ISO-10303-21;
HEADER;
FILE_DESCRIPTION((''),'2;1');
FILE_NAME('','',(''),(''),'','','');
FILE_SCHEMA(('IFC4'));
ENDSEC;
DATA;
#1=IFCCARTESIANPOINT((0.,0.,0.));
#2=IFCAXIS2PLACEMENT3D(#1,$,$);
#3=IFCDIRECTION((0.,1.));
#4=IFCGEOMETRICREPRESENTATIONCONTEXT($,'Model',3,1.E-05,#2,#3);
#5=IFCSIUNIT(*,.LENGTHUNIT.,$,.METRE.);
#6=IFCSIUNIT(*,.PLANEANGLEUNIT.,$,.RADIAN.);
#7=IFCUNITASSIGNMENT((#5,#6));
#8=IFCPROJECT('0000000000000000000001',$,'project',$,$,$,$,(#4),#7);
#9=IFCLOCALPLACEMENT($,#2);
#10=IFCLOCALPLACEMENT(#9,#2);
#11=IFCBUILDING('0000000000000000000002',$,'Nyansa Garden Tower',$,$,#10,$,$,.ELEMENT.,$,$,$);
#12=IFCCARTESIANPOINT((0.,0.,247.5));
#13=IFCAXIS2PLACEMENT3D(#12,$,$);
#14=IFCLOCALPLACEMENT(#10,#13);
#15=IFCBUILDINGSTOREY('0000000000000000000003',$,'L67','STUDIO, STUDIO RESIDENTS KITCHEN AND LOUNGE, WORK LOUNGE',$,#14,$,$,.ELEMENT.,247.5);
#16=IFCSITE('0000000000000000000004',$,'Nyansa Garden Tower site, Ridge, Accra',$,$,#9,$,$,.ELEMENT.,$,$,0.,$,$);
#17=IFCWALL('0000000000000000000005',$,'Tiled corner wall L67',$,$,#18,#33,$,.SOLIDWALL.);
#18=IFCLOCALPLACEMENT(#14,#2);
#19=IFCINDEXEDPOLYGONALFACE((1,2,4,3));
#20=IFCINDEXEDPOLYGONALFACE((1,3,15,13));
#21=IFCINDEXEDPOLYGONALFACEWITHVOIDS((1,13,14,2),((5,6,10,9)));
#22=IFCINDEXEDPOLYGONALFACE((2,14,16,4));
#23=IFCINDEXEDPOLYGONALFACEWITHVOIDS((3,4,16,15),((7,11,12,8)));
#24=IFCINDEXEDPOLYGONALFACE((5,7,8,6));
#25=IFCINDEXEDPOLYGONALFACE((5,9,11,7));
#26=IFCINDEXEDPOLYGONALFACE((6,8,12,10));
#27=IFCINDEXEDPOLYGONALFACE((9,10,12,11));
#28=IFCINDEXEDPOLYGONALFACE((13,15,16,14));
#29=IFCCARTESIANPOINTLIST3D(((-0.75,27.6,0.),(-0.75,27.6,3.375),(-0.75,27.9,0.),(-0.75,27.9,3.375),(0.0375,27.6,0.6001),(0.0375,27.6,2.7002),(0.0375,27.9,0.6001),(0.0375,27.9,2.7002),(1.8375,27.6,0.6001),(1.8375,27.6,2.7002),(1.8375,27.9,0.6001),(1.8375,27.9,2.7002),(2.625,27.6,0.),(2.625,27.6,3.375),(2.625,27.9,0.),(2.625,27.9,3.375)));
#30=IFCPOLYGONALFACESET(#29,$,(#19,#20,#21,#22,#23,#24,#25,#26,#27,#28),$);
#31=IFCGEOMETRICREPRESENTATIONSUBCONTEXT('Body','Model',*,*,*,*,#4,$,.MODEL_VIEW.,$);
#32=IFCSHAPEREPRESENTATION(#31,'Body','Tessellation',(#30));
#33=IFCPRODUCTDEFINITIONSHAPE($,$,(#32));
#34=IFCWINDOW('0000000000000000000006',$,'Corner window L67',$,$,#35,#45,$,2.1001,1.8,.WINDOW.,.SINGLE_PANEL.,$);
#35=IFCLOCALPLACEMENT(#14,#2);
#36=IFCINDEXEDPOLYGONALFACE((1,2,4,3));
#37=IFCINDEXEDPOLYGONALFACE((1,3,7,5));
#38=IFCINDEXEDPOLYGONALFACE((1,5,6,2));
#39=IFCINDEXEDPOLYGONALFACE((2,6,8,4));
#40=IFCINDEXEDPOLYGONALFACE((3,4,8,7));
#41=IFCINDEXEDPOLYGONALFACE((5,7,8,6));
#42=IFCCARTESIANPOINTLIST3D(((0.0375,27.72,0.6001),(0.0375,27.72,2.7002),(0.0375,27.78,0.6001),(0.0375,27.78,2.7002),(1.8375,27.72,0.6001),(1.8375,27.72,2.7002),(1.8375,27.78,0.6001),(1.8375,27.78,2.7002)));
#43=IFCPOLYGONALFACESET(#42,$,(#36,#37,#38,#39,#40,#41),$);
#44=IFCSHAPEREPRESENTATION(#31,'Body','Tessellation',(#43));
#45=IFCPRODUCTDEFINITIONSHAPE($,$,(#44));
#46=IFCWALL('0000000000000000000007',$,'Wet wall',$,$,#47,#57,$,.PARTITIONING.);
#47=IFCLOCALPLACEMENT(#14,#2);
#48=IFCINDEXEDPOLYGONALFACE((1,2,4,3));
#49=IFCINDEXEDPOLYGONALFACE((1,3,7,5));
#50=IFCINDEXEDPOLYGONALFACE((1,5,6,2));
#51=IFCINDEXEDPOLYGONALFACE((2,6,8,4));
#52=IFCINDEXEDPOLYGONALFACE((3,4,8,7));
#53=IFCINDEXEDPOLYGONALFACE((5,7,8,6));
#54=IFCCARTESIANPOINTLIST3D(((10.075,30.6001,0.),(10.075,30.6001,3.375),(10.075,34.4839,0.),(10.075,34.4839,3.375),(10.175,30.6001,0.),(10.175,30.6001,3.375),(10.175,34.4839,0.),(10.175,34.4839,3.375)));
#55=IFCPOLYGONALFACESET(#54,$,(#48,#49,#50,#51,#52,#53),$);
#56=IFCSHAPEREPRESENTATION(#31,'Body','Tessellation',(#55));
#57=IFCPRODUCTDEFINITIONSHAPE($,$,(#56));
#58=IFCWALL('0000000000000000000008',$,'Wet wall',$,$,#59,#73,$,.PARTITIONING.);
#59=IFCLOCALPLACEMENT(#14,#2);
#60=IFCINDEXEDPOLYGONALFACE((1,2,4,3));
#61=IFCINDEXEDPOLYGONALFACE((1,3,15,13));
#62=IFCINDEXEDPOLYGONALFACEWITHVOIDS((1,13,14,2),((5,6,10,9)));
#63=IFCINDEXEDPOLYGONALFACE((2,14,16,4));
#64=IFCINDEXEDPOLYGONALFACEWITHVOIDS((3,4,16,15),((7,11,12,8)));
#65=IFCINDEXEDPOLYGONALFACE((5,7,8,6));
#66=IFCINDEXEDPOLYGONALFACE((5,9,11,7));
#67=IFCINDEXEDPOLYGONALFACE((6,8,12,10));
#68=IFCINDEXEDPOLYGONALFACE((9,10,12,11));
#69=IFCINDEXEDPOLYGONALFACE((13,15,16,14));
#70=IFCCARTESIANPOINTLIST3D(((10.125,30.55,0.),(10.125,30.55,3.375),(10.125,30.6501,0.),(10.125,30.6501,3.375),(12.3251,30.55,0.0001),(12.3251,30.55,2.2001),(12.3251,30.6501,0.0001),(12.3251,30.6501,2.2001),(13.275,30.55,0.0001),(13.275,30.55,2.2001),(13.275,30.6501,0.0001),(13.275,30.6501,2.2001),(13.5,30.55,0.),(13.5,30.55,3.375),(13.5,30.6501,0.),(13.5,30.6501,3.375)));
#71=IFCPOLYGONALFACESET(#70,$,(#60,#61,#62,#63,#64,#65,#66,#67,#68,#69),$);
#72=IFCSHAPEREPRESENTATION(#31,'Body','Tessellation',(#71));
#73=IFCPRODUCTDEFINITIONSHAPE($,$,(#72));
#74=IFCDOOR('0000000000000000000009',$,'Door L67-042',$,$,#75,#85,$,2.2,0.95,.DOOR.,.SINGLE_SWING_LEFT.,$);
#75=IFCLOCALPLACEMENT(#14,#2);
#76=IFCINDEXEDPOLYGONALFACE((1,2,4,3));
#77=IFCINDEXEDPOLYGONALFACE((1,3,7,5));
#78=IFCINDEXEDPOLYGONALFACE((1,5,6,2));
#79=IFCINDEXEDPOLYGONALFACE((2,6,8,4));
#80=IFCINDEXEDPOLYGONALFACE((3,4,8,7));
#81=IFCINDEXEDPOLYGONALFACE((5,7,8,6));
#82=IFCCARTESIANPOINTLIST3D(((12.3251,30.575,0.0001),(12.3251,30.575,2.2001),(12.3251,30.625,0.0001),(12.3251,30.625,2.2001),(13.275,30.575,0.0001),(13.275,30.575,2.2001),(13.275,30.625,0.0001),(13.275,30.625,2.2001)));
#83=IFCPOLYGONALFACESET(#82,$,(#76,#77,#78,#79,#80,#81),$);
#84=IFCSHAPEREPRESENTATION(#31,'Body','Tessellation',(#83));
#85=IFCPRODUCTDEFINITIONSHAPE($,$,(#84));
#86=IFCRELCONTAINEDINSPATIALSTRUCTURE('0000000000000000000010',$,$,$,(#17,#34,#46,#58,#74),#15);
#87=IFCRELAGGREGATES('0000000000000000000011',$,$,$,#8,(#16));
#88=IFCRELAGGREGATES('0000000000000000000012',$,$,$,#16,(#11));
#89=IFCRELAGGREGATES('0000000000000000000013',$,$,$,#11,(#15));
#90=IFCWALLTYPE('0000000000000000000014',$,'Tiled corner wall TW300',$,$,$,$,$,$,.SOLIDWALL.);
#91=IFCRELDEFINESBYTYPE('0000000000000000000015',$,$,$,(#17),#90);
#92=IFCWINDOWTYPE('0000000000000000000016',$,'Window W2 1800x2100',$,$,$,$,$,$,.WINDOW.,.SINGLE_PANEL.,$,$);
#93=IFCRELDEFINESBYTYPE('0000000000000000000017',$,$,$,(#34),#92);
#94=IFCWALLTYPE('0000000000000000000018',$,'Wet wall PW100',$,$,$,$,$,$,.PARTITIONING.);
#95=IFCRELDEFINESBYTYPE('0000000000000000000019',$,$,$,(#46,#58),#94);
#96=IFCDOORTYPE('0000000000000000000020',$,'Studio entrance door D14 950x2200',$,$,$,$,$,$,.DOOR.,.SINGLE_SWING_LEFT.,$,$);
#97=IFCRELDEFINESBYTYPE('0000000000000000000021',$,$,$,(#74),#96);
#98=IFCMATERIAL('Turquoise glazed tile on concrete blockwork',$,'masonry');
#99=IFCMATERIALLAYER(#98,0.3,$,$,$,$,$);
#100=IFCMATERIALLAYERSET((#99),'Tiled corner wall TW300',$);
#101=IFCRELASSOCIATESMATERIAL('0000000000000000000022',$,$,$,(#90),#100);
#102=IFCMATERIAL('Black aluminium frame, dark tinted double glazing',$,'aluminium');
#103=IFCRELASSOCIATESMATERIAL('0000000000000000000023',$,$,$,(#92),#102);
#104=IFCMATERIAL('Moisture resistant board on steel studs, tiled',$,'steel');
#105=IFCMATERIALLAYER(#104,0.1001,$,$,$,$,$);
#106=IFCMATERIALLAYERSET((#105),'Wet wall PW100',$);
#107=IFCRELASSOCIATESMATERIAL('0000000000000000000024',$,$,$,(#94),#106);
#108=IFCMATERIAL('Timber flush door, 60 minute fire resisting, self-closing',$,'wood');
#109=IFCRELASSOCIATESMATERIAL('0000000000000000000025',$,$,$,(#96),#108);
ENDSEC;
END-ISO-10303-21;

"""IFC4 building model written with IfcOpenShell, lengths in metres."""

from ifc_helpers import new_model, si_unit, direction, frame, frame_2d, origin, place, context, subcontext, project, spatial, rectangle, extrude, material, layer, layer_set, type_object, element, fill, save


model = new_model("IFC4")

# Units and contexts
model_context = context("Model", 3, precision=1e-05, world=origin(), true_north=direction((0.0, 1.0)))
body_context = subcontext(model_context, "Body", "Model", "MODEL_VIEW")
ifc_project = project(units=[si_unit("LENGTHUNIT", "METRE"), si_unit("PLANEANGLEUNIT", "RADIAN")], contexts=[model_context])

# Site, building, storey
site_placement = place(None, origin())
site = spatial("IfcSite", under=ifc_project, at=site_placement, Name="Nyansa Garden Tower site, Ridge, Accra", CompositionType="ELEMENT", RefElevation=0.0)
building_placement = place(site_placement, origin())
building = spatial("IfcBuilding", under=site, at=building_placement, Name="Nyansa Garden Tower", CompositionType="ELEMENT")
storey_placement = place(building_placement, frame((0.0, 0.0, 247.5)))
storey = spatial("IfcBuildingStorey", under=building, at=storey_placement, Name="L67", Description="STUDIO, STUDIO RESIDENTS KITCHEN AND LOUNGE, WORK LOUNGE", CompositionType="ELEMENT", Elevation=247.5)

# Wall, opening, window
ifc_material_1 = material(Name="Turquoise glazed tile on concrete blockwork", Category="masonry")
ifc_layer_1 = layer(ifc_material_1, 0.3)
ifc_layer_set_1 = layer_set([ifc_layer_1], Name="Tiled corner wall TW300")
wall_type_1 = type_object("IfcWallType", Name="Tiled corner wall TW300", PredefinedType="SOLIDWALL", material=ifc_layer_set_1)
ifc_material_2 = material(Name="Black aluminium frame, dark tinted double glazing", Category="aluminium")
window_type = type_object("IfcWindowType", Name="Window W2 1800x2100", PartitioningType="SINGLE_PANEL", PredefinedType="WINDOW", material=ifc_material_2)
wall_1_placement = place(storey_placement, frame((2.625, 27.75, 0.0), z_axis=(0.0, 0.0, 1.0), x_axis=(-1.0, 0.0, 0.0)))
wall_1 = element("IfcWall", 1, at=wall_1_placement, inside=storey, type_object=wall_type_1, Name="Tiled corner wall L67", PredefinedType="SOLIDWALL", context=body_context, shape_type="SweptSolid", body=[
    extrude(rectangle(XDim=3.375, YDim=0.3, at=frame_2d((1.6875, 0.0))), origin(), (0.0, 0.0, 1.0), 3.375),
])
opening_1_placement = place(wall_1_placement, frame((0.7876, 0.0, 0.6001)))
opening_1 = element("IfcOpeningElement", 2, at=opening_1_placement, cuts=wall_1, PredefinedType="OPENING", context=body_context, shape_type="SweptSolid", body=[
    extrude(rectangle(XDim=1.8, YDim=2.1001, at=frame_2d((0.8999, 1.05))), frame((0.0, 0.1599, 0.0), z_axis=(0.0, -1.0, 0.0), x_axis=(1.0, 0.0, 0.0)), (0.0, 0.0, 1.0), 0.3201),
])
window_1_placement = place(opening_1_placement, origin())
window_1 = element("IfcWindow", 3, at=window_1_placement, inside=storey, type_object=window_type, Name="Corner window L67", OverallHeight=2.1001, OverallWidth=1.8, PartitioningType="SINGLE_PANEL", PredefinedType="WINDOW", context=body_context, shape_type="SweptSolid", body=[
    extrude(rectangle(XDim=1.8, YDim=2.1001, at=frame_2d((0.8999, 1.05))), frame((0.0, 0.03, 0.0), z_axis=(0.0, -1.0, 0.0), x_axis=(1.0, 0.0, 0.0)), (0.0, 0.0, 1.0), 0.0601),
])
fill(opening_1, window_1)

# Wall
ifc_material_3 = material(Name="Moisture resistant board on steel studs, tiled", Category="steel")
ifc_layer_2 = layer(ifc_material_3, 0.1001)
ifc_layer_set_2 = layer_set([ifc_layer_2], Name="Wet wall PW100")
wall_type_2 = type_object("IfcWallType", Name="Wet wall PW100", PredefinedType="PARTITIONING", material=ifc_layer_set_2)
wall_2_placement = place(storey_placement, frame((10.125, 30.6001, 0.0), z_axis=(0.0, 0.0, 1.0), x_axis=(0.0, 1.0, 0.0)))
element("IfcWall", 4, at=wall_2_placement, inside=storey, type_object=wall_type_2, Name="Wet wall", PredefinedType="PARTITIONING", context=body_context, shape_type="SweptSolid", body=[
    extrude(rectangle(XDim=3.8838, YDim=0.1001, at=frame_2d((1.9419, 0.0))), origin(), (0.0, 0.0, 1.0), 3.375),
])

# Wall, opening, door
wall_3_placement = place(storey_placement, frame((10.125, 30.6001, 0.0), z_axis=(0.0, 0.0, 1.0), x_axis=(1.0, 0.0, 0.0)))
wall_3 = element("IfcWall", 5, at=wall_3_placement, inside=storey, type_object=wall_type_2, Name="Wet wall", PredefinedType="PARTITIONING", context=body_context, shape_type="SweptSolid", body=[
    extrude(rectangle(XDim=3.375, YDim=0.1001, at=frame_2d((1.6875, 0.0))), origin(), (0.0, 0.0, 1.0), 3.375),
])
opening_2_placement = place(wall_3_placement, frame((2.2, 0.0, 0.0)))
opening_2 = element("IfcOpeningElement", 6, at=opening_2_placement, cuts=wall_3, PredefinedType="OPENING", context=body_context, shape_type="SweptSolid", body=[
    extrude(rectangle(XDim=0.95, YDim=2.2, at=frame_2d((0.4751, 1.1001))), frame((0.0, 0.0601, 0.0), z_axis=(0.0, -1.0, 0.0), x_axis=(1.0, 0.0, 0.0)), (0.0, 0.0, 1.0), 0.1201),
])
ifc_material_4 = material(Name="Timber flush door, 60 minute fire resisting, self-closing", Category="wood")
door_type = type_object("IfcDoorType", Name="Studio entrance door D14 950x2200", OperationType="SINGLE_SWING_LEFT", PredefinedType="DOOR", material=ifc_material_4)
door_placement = place(opening_2_placement, origin())
door = element("IfcDoor", 7, at=door_placement, inside=storey, type_object=door_type, Name="Door L67-042", OperationType="SINGLE_SWING_LEFT", OverallHeight=2.2, OverallWidth=0.95, PredefinedType="DOOR", context=body_context, shape_type="SweptSolid", body=[
    extrude(rectangle(XDim=0.95, YDim=2.2, at=frame_2d((0.4751, 1.1001))), frame((0.0, 0.0249, 0.0), z_axis=(0.0, -1.0, 0.0), x_axis=(1.0, 0.0, 0.0)), (0.0, 0.0, 1.0), 0.05),
])
fill(opening_2, door)

save(model, "model.ifc")
